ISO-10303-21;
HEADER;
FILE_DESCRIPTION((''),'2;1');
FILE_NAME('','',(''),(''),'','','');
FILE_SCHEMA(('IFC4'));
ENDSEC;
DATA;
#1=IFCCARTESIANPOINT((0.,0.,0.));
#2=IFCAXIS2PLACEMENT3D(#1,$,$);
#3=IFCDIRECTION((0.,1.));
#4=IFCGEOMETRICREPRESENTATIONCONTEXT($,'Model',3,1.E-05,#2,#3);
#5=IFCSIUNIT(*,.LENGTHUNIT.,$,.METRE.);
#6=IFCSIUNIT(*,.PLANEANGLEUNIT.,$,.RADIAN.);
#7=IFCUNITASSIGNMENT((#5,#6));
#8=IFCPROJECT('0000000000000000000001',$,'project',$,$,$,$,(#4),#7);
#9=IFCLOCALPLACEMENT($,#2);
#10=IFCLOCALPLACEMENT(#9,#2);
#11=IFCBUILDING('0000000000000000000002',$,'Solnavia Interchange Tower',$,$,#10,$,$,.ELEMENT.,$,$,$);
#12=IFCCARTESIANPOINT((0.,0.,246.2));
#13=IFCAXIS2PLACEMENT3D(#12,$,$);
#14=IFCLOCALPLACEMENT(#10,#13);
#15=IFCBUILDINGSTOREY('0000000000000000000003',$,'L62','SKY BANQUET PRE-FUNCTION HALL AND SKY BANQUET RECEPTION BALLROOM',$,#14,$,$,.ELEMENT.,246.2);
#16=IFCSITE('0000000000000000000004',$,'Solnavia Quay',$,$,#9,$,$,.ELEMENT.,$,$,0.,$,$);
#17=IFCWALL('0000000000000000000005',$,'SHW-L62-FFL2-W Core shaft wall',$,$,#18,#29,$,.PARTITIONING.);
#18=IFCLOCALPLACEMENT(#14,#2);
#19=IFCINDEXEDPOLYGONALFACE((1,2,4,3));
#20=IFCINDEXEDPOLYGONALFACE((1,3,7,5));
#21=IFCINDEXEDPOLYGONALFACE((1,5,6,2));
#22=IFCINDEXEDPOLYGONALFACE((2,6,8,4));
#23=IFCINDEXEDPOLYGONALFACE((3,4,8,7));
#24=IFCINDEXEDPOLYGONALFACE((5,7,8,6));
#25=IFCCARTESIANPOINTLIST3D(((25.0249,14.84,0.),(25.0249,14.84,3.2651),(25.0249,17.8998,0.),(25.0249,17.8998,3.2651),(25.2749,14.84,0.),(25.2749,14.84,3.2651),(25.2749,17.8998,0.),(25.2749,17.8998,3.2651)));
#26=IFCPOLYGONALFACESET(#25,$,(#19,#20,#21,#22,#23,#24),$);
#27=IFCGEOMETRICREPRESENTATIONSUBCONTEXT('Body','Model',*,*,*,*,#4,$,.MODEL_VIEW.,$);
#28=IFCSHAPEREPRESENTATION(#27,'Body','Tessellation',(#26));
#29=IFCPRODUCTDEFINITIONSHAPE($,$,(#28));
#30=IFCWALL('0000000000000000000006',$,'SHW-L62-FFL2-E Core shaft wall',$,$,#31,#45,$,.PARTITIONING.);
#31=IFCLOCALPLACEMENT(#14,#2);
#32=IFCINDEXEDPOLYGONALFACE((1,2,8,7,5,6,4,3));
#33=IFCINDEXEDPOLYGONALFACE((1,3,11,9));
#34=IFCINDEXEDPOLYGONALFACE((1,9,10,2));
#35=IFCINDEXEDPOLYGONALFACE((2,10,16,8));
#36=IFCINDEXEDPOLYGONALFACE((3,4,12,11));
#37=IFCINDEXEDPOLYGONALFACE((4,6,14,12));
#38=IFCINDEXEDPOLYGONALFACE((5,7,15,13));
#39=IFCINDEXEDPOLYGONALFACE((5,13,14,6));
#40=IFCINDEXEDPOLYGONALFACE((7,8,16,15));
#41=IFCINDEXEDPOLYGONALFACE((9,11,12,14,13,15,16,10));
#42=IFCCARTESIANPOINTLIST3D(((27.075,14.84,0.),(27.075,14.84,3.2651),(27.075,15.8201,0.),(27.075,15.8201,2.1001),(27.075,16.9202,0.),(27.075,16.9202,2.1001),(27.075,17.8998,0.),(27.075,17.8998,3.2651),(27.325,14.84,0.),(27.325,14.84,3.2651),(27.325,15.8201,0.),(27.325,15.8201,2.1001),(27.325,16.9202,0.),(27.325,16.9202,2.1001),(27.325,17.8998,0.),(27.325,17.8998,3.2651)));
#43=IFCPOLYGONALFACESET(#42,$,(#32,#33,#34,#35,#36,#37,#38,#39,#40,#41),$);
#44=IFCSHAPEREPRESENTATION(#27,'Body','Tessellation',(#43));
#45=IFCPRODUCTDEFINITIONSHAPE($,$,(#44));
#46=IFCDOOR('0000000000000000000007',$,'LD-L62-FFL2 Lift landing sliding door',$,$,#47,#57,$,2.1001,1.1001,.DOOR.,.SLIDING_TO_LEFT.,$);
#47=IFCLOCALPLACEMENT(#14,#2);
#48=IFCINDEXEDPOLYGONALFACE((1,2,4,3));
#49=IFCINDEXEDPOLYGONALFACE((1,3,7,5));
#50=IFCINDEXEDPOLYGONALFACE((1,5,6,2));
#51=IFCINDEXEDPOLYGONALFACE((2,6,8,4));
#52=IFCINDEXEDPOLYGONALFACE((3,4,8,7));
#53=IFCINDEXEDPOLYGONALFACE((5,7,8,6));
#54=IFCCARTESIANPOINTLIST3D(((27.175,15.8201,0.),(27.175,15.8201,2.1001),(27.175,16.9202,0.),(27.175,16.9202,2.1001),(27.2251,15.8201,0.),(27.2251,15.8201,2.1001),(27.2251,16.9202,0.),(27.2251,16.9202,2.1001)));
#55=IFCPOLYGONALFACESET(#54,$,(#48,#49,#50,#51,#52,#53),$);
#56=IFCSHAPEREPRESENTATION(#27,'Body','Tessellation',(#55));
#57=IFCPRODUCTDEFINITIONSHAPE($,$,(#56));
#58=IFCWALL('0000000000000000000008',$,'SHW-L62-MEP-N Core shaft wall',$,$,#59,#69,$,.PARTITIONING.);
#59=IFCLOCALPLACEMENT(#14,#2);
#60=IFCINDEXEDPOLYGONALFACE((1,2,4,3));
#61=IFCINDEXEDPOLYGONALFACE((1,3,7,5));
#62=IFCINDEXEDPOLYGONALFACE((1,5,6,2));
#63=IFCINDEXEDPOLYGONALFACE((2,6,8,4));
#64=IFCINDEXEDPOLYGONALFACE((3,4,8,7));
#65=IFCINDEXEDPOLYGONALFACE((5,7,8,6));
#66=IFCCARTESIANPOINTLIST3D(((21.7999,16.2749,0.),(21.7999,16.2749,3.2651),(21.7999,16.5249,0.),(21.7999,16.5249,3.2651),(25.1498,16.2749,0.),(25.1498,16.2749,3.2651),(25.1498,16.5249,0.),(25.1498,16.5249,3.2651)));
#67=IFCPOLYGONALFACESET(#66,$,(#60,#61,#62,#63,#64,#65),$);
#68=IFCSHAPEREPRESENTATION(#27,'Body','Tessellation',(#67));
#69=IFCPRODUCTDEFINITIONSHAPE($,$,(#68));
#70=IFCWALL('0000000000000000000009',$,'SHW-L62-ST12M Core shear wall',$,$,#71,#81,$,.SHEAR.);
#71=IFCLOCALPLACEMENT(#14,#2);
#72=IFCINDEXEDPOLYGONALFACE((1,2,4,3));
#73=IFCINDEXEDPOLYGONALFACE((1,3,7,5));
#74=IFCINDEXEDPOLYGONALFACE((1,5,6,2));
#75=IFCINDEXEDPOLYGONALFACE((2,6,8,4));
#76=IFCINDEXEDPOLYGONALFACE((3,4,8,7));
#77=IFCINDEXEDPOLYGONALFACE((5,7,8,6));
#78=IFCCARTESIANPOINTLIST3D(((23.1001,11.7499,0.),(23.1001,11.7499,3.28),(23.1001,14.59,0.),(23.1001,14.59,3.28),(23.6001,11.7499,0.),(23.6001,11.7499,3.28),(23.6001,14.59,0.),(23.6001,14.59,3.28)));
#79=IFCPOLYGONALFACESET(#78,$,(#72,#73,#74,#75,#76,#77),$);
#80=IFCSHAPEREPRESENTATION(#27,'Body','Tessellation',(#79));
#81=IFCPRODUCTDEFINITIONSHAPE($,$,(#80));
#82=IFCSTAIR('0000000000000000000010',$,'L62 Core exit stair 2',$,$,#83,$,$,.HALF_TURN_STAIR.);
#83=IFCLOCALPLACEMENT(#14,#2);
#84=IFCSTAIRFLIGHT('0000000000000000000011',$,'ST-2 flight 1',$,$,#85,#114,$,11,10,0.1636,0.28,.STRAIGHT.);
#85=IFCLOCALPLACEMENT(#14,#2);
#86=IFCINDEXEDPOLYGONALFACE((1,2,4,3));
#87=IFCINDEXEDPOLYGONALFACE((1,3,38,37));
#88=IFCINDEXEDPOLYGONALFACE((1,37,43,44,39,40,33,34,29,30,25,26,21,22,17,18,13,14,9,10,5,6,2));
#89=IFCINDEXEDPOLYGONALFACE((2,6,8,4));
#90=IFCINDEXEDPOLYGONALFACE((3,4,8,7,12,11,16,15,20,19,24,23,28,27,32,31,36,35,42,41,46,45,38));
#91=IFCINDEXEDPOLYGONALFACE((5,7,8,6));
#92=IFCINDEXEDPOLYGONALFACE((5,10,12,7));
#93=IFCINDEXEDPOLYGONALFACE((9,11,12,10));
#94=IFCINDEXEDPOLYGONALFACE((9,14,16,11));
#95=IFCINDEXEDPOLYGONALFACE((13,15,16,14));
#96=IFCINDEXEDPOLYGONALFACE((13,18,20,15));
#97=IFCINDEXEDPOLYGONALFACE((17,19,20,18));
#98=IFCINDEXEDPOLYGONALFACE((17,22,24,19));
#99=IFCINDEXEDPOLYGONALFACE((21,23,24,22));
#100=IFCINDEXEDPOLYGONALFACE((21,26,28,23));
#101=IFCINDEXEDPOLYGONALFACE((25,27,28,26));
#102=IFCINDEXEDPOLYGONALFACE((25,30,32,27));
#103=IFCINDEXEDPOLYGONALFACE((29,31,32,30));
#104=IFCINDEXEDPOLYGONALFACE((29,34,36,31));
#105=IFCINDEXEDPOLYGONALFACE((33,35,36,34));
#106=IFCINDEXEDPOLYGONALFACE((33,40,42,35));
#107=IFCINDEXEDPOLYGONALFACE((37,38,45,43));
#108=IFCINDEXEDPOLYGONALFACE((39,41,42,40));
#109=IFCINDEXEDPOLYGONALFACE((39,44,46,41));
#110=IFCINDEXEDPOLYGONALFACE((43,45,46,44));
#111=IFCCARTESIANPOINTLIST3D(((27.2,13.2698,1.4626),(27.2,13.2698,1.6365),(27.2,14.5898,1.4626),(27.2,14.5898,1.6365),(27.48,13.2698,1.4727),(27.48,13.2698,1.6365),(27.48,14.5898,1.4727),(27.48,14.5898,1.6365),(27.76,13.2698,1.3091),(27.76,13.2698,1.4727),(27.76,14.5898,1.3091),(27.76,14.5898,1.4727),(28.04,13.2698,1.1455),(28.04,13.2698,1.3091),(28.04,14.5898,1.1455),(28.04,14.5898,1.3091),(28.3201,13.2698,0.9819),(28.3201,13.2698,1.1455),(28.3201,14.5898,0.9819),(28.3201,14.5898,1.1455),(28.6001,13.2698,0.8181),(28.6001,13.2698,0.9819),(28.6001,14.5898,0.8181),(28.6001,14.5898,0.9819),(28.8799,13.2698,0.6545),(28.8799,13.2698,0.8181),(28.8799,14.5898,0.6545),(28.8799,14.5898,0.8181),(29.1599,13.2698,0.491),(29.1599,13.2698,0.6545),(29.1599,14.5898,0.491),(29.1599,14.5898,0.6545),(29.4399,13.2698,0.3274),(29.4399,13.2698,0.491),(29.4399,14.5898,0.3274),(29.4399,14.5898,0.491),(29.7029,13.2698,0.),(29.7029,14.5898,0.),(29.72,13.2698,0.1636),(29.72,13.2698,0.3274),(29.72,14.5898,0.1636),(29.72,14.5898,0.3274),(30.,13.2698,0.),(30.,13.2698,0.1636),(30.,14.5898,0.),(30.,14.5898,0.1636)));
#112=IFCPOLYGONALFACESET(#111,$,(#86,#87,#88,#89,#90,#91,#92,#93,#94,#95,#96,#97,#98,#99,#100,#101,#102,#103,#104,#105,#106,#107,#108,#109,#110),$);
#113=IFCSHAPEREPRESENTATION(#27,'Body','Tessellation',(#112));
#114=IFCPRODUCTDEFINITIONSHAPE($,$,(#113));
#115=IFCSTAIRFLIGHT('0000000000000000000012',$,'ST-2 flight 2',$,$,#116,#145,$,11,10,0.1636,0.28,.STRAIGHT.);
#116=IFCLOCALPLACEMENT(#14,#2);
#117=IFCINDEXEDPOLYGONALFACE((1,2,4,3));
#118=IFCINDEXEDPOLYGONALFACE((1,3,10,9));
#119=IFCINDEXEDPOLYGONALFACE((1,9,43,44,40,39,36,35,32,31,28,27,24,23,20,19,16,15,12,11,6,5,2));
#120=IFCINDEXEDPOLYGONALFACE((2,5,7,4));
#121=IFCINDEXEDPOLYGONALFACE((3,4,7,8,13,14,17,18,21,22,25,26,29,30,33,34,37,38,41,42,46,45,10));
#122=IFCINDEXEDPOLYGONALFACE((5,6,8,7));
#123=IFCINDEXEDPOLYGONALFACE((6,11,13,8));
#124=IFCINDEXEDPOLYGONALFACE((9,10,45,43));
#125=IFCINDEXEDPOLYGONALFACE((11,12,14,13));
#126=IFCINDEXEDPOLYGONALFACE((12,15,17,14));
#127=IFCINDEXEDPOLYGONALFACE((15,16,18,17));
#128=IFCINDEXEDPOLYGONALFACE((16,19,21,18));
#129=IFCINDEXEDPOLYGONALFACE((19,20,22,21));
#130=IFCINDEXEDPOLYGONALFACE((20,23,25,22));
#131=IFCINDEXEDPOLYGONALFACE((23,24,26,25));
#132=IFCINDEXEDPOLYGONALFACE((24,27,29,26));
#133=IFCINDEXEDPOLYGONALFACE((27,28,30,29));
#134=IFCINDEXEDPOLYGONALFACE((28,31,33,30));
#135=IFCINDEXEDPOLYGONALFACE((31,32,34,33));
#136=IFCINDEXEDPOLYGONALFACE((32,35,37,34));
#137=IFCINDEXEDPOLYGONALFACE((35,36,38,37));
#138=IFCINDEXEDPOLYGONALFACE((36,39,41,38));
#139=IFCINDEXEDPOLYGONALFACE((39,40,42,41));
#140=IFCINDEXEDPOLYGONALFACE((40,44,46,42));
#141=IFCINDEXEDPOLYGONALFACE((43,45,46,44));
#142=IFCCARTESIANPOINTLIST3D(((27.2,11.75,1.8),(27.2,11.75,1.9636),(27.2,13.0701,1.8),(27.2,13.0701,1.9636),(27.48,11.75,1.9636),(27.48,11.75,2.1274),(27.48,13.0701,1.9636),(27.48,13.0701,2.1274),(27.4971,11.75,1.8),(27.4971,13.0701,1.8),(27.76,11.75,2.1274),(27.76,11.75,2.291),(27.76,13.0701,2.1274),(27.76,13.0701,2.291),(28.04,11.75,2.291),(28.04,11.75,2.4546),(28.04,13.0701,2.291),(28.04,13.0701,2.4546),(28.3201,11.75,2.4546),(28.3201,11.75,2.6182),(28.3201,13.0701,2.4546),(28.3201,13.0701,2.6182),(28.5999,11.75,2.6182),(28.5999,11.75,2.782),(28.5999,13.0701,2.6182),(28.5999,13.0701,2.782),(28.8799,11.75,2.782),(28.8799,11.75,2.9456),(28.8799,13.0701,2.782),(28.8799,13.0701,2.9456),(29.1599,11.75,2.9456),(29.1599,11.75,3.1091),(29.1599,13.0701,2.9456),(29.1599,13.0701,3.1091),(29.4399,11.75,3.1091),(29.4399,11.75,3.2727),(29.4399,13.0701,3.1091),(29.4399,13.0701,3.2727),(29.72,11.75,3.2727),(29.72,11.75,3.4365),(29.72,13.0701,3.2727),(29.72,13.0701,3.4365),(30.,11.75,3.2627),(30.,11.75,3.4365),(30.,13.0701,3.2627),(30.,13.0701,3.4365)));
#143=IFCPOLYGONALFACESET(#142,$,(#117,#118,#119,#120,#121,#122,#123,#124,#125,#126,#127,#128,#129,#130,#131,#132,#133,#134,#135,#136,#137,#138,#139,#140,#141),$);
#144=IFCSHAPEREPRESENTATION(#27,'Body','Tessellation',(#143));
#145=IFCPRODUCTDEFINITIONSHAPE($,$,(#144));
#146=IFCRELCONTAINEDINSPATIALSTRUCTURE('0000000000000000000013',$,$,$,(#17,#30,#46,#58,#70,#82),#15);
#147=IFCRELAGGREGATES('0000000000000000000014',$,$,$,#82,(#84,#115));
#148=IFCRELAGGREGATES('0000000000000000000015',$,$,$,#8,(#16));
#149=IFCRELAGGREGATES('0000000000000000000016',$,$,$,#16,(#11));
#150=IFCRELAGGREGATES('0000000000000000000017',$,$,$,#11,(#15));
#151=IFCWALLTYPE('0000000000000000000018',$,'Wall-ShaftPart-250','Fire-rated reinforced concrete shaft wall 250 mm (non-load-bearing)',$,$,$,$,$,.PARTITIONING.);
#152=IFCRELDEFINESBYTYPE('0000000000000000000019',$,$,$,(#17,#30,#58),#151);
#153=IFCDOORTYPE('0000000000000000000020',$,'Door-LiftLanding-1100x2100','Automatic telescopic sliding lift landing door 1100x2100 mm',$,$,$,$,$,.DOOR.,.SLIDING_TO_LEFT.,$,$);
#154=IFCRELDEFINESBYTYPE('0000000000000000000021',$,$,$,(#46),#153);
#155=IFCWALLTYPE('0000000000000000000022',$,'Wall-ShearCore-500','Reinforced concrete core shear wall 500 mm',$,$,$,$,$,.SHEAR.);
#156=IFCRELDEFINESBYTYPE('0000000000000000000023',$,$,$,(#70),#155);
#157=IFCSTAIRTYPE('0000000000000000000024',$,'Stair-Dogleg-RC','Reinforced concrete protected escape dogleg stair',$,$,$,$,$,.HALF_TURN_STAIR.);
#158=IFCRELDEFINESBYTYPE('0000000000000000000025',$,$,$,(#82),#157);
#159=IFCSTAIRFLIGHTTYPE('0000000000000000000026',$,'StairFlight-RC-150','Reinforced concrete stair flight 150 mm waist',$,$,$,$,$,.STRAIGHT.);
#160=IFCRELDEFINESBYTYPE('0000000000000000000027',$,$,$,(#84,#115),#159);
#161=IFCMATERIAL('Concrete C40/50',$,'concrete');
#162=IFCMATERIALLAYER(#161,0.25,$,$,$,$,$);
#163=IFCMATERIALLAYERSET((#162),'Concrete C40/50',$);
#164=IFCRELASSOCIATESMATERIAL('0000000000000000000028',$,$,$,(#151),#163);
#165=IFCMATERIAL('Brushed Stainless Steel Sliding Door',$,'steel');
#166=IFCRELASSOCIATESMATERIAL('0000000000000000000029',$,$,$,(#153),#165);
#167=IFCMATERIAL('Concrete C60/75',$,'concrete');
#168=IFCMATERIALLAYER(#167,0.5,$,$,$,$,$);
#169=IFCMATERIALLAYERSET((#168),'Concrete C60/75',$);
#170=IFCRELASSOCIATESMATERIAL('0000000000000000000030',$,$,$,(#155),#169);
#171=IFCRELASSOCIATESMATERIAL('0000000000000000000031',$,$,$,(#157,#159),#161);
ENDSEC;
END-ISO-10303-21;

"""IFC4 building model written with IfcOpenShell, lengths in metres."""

from ifc_helpers import new_model, si_unit, direction, frame, frame_2d, origin, place, context, subcontext, project, spatial, polyline, rectangle, outline, extrude, material, layer, layer_set, type_object, element, fill, aggregate, save


model = new_model("IFC4")

# Units and contexts
model_context = context("Model", 3, precision=1e-05, world=origin(), true_north=direction((0.0, 1.0)))
body_context = subcontext(model_context, "Body", "Model", "MODEL_VIEW")
ifc_project = project(units=[si_unit("LENGTHUNIT", "METRE"), si_unit("PLANEANGLEUNIT", "RADIAN")], contexts=[model_context])

# Site, building, storey
site_placement = place(None, origin())
site = spatial("IfcSite", under=ifc_project, at=site_placement, Name="Solnavia Quay", CompositionType="ELEMENT", RefElevation=0.0)
building_placement = place(site_placement, origin())
building = spatial("IfcBuilding", under=site, at=building_placement, Name="Solnavia Interchange Tower", CompositionType="ELEMENT")
storey_placement = place(building_placement, frame((0.0, 0.0, 246.2)))
storey = spatial("IfcBuildingStorey", under=building, at=storey_placement, Name="L62", Description="SKY BANQUET PRE-FUNCTION HALL AND SKY BANQUET RECEPTION BALLROOM", CompositionType="ELEMENT", Elevation=246.2)

# Shared definitions
ifc_material_1 = material(Name="Concrete C40/50", Category="concrete")

# Wall
ifc_layer_1 = layer(ifc_material_1, 0.25)
ifc_layer_set_1 = layer_set([ifc_layer_1], Name="Concrete C40/50")
wall_type_1 = type_object("IfcWallType", Name="Wall-ShaftPart-250", Description="Fire-rated reinforced concrete shaft wall 250 mm (non-load-bearing)", PredefinedType="PARTITIONING", material=ifc_layer_set_1)
for number, where, z_axis, x_axis, name in (
    (1, (25.1499, 14.8401, 0.0), (0.0, 0.0, 1.0), (0.0, 1.0, 0.0), "SHW-L62-FFL2-W Core shaft wall"),
):
    element("IfcWall", number, at=place(storey_placement, frame(where, z_axis=z_axis, x_axis=x_axis)), inside=storey, type_object=wall_type_1, Name=name, PredefinedType="PARTITIONING", context=body_context, shape_type="SweptSolid", body=[
        extrude(rectangle(XDim=3.0598, YDim=0.25, at=frame_2d((1.5298, 0.0))), origin(), (0.0, 0.0, 1.0), 3.2651),
    ])

# Wall, opening, door
wall_1_placement = place(storey_placement, frame((27.2, 14.8401, 0.0), z_axis=(0.0, 0.0, 1.0), x_axis=(0.0, 1.0, 0.0)))
wall_1 = element("IfcWall", 2, at=wall_1_placement, inside=storey, type_object=wall_type_1, Name="SHW-L62-FFL2-E Core shaft wall", PredefinedType="PARTITIONING", context=body_context, shape_type="SweptSolid", body=[
    extrude(rectangle(XDim=3.0598, YDim=0.25, at=frame_2d((1.5298, 0.0))), origin(), (0.0, 0.0, 1.0), 3.2651),
])
opening_1_placement = place(wall_1_placement, frame((0.98, 0.0, 0.0)))
opening_1 = element("IfcOpeningElement", 3, at=opening_1_placement, cuts=wall_1, PredefinedType="OPENING", context=body_context, shape_type="SweptSolid", body=[
    extrude(rectangle(XDim=1.1001, YDim=2.1001, at=frame_2d((0.55, 1.05))), frame((0.0, 0.135, 0.0), z_axis=(0.0, -1.0, 0.0), x_axis=(1.0, 0.0, 0.0)), (0.0, 0.0, 1.0), 0.27),
])
ifc_material_2 = material(Name="Brushed Stainless Steel Sliding Door", Category="steel")
door_type_1 = type_object("IfcDoorType", Name="Door-LiftLanding-1100x2100", Description="Automatic telescopic sliding lift landing door 1100x2100 mm", OperationType="SLIDING_TO_LEFT", PredefinedType="DOOR", material=ifc_material_2)
door_1_placement = place(opening_1_placement, origin())
door_1 = element("IfcDoor", 4, at=door_1_placement, inside=storey, type_object=door_type_1, Name="LD-L62-FFL2 Lift landing sliding door", OperationType="SLIDING_TO_LEFT", OverallHeight=2.1001, OverallWidth=1.1001, PredefinedType="DOOR", context=body_context, shape_type="SweptSolid", body=[
    extrude(rectangle(XDim=1.1001, YDim=2.1001, at=frame_2d((0.55, 1.05))), frame((0.0, 0.0249, 0.0), z_axis=(0.0, -1.0, 0.0), x_axis=(1.0, 0.0, 0.0)), (0.0, 0.0, 1.0), 0.05),
])
fill(opening_1, door_1)

# Walls
wall_2_placement = place(storey_placement, frame((21.8, 16.3999, 0.0), z_axis=(0.0, 0.0, 1.0), x_axis=(1.0, 0.0, 0.0)))
element("IfcWall", 5, at=wall_2_placement, inside=storey, type_object=wall_type_1, Name="SHW-L62-MEP-N Core shaft wall", PredefinedType="PARTITIONING", context=body_context, shape_type="SweptSolid", body=[
    extrude(rectangle(XDim=3.3499, YDim=0.25, at=frame_2d((1.6748, 0.0))), origin(), (0.0, 0.0, 1.0), 3.2651),
])
ifc_material_3 = material(Name="Concrete C60/75", Category="concrete")
ifc_layer_2 = layer(ifc_material_3, 0.5)
ifc_layer_set_2 = layer_set([ifc_layer_2], Name="Concrete C60/75")
wall_type_2 = type_object("IfcWallType", Name="Wall-ShearCore-500", Description="Reinforced concrete core shear wall 500 mm", PredefinedType="SHEAR", material=ifc_layer_set_2)
wall_3_placement = place(storey_placement, frame((23.3501, 11.75, 0.0), z_axis=(0.0, 0.0, 1.0), x_axis=(0.0, 1.0, 0.0)))
element("IfcWall", 6, at=wall_3_placement, inside=storey, type_object=wall_type_2, Name="SHW-L62-ST12M Core shear wall", PredefinedType="SHEAR", context=body_context, shape_type="SweptSolid", body=[
    extrude(rectangle(XDim=2.8401, YDim=0.5, at=frame_2d((1.4199, 0.0))), origin(), (0.0, 0.0, 1.0), 3.28),
])

# Stair, stair flights
stair_type = type_object("IfcStairType", Name="Stair-Dogleg-RC", Description="Reinforced concrete protected escape dogleg stair", PredefinedType="HALF_TURN_STAIR", material=ifc_material_1)
stair_placement = place(storey_placement, origin())
stair = element("IfcStair", 7, at=stair_placement, inside=storey, type_object=stair_type, Name="L62 Core exit stair 2", PredefinedType="HALF_TURN_STAIR")
stair_flight_type = type_object("IfcStairFlightType", Name="StairFlight-RC-150", Description="Reinforced concrete stair flight 150 mm waist", PredefinedType="STRAIGHT", material=ifc_material_1)
stair_flight_1_placement = place(storey_placement, frame((30.0, 13.9299, 0.0), z_axis=(0.0, 0.0, 1.0), x_axis=(-1.0, 0.0, 0.0)))
stair_flight_1 = element("IfcStairFlight", 8, at=stair_flight_1_placement, type_object=stair_flight_type, Name="ST-2 flight 1", NumberOfRisers=11, NumberOfTreads=10, PredefinedType="STRAIGHT", RiserHeight=0.1636, TreadLength=0.28, context=body_context, shape_type="SweptSolid", body=[
    extrude(outline(polyline([(0.0, 0.0), (0.0, 0.1636), (0.28, 0.1636), (0.28, 0.3274), (0.5601, 0.3274), (0.5601, 0.491), (0.8401, 0.491), (0.8401, 0.6545), (1.1201, 0.6545), (1.1201, 0.8181), (1.3999, 0.8181), (1.3999, 0.9819), (1.6799, 0.9819), (1.6799, 1.1455), (1.96, 1.1455), (1.96, 1.3091), (2.24, 1.3091), (2.24, 1.4727), (2.52, 1.4727), (2.52, 1.6365), (2.8, 1.6365), (2.8, 1.8), (2.8, 1.4626), (0.2971, 0.0), (0.0, 0.0)])), frame((0.0, 0.6602, 0.0), z_axis=(0.0, -1.0, 0.0), x_axis=(1.0, 0.0, 0.0)), (0.0, 0.0, 1.0), 1.3201),
])
stair_flight_2_placement = place(storey_placement, frame((27.2, 12.4099, 1.8), z_axis=(0.0, 0.0, 1.0), x_axis=(1.0, 0.0, 0.0)))
stair_flight_2 = element("IfcStairFlight", 9, at=stair_flight_2_placement, type_object=stair_flight_type, Name="ST-2 flight 2", NumberOfRisers=11, NumberOfTreads=10, PredefinedType="STRAIGHT", RiserHeight=0.1636, TreadLength=0.28, context=body_context, shape_type="SweptSolid", body=[
    extrude(outline(polyline([(0.0, 0.0), (0.0, 0.1636), (0.28, 0.1636), (0.28, 0.3274), (0.5601, 0.3274), (0.5601, 0.491), (0.8401, 0.491), (0.8401, 0.6545), (1.1201, 0.6545), (1.1201, 0.8181), (1.3999, 0.8181), (1.3999, 0.9819), (1.6799, 0.9819), (1.6799, 1.1455), (1.96, 1.1455), (1.96, 1.3091), (2.24, 1.3091), (2.24, 1.4727), (2.52, 1.4727), (2.52, 1.6365), (2.8, 1.6365), (2.8, 1.8), (2.8, 1.4626), (0.2971, 0.0), (0.0, 0.0)])), frame((0.0, 0.6602, 0.0), z_axis=(0.0, -1.0, 0.0), x_axis=(1.0, 0.0, 0.0)), (0.0, 0.0, 1.0), 1.3201),
])
aggregate(stair, [stair_flight_1, stair_flight_2])

save(model, "model.ifc")
